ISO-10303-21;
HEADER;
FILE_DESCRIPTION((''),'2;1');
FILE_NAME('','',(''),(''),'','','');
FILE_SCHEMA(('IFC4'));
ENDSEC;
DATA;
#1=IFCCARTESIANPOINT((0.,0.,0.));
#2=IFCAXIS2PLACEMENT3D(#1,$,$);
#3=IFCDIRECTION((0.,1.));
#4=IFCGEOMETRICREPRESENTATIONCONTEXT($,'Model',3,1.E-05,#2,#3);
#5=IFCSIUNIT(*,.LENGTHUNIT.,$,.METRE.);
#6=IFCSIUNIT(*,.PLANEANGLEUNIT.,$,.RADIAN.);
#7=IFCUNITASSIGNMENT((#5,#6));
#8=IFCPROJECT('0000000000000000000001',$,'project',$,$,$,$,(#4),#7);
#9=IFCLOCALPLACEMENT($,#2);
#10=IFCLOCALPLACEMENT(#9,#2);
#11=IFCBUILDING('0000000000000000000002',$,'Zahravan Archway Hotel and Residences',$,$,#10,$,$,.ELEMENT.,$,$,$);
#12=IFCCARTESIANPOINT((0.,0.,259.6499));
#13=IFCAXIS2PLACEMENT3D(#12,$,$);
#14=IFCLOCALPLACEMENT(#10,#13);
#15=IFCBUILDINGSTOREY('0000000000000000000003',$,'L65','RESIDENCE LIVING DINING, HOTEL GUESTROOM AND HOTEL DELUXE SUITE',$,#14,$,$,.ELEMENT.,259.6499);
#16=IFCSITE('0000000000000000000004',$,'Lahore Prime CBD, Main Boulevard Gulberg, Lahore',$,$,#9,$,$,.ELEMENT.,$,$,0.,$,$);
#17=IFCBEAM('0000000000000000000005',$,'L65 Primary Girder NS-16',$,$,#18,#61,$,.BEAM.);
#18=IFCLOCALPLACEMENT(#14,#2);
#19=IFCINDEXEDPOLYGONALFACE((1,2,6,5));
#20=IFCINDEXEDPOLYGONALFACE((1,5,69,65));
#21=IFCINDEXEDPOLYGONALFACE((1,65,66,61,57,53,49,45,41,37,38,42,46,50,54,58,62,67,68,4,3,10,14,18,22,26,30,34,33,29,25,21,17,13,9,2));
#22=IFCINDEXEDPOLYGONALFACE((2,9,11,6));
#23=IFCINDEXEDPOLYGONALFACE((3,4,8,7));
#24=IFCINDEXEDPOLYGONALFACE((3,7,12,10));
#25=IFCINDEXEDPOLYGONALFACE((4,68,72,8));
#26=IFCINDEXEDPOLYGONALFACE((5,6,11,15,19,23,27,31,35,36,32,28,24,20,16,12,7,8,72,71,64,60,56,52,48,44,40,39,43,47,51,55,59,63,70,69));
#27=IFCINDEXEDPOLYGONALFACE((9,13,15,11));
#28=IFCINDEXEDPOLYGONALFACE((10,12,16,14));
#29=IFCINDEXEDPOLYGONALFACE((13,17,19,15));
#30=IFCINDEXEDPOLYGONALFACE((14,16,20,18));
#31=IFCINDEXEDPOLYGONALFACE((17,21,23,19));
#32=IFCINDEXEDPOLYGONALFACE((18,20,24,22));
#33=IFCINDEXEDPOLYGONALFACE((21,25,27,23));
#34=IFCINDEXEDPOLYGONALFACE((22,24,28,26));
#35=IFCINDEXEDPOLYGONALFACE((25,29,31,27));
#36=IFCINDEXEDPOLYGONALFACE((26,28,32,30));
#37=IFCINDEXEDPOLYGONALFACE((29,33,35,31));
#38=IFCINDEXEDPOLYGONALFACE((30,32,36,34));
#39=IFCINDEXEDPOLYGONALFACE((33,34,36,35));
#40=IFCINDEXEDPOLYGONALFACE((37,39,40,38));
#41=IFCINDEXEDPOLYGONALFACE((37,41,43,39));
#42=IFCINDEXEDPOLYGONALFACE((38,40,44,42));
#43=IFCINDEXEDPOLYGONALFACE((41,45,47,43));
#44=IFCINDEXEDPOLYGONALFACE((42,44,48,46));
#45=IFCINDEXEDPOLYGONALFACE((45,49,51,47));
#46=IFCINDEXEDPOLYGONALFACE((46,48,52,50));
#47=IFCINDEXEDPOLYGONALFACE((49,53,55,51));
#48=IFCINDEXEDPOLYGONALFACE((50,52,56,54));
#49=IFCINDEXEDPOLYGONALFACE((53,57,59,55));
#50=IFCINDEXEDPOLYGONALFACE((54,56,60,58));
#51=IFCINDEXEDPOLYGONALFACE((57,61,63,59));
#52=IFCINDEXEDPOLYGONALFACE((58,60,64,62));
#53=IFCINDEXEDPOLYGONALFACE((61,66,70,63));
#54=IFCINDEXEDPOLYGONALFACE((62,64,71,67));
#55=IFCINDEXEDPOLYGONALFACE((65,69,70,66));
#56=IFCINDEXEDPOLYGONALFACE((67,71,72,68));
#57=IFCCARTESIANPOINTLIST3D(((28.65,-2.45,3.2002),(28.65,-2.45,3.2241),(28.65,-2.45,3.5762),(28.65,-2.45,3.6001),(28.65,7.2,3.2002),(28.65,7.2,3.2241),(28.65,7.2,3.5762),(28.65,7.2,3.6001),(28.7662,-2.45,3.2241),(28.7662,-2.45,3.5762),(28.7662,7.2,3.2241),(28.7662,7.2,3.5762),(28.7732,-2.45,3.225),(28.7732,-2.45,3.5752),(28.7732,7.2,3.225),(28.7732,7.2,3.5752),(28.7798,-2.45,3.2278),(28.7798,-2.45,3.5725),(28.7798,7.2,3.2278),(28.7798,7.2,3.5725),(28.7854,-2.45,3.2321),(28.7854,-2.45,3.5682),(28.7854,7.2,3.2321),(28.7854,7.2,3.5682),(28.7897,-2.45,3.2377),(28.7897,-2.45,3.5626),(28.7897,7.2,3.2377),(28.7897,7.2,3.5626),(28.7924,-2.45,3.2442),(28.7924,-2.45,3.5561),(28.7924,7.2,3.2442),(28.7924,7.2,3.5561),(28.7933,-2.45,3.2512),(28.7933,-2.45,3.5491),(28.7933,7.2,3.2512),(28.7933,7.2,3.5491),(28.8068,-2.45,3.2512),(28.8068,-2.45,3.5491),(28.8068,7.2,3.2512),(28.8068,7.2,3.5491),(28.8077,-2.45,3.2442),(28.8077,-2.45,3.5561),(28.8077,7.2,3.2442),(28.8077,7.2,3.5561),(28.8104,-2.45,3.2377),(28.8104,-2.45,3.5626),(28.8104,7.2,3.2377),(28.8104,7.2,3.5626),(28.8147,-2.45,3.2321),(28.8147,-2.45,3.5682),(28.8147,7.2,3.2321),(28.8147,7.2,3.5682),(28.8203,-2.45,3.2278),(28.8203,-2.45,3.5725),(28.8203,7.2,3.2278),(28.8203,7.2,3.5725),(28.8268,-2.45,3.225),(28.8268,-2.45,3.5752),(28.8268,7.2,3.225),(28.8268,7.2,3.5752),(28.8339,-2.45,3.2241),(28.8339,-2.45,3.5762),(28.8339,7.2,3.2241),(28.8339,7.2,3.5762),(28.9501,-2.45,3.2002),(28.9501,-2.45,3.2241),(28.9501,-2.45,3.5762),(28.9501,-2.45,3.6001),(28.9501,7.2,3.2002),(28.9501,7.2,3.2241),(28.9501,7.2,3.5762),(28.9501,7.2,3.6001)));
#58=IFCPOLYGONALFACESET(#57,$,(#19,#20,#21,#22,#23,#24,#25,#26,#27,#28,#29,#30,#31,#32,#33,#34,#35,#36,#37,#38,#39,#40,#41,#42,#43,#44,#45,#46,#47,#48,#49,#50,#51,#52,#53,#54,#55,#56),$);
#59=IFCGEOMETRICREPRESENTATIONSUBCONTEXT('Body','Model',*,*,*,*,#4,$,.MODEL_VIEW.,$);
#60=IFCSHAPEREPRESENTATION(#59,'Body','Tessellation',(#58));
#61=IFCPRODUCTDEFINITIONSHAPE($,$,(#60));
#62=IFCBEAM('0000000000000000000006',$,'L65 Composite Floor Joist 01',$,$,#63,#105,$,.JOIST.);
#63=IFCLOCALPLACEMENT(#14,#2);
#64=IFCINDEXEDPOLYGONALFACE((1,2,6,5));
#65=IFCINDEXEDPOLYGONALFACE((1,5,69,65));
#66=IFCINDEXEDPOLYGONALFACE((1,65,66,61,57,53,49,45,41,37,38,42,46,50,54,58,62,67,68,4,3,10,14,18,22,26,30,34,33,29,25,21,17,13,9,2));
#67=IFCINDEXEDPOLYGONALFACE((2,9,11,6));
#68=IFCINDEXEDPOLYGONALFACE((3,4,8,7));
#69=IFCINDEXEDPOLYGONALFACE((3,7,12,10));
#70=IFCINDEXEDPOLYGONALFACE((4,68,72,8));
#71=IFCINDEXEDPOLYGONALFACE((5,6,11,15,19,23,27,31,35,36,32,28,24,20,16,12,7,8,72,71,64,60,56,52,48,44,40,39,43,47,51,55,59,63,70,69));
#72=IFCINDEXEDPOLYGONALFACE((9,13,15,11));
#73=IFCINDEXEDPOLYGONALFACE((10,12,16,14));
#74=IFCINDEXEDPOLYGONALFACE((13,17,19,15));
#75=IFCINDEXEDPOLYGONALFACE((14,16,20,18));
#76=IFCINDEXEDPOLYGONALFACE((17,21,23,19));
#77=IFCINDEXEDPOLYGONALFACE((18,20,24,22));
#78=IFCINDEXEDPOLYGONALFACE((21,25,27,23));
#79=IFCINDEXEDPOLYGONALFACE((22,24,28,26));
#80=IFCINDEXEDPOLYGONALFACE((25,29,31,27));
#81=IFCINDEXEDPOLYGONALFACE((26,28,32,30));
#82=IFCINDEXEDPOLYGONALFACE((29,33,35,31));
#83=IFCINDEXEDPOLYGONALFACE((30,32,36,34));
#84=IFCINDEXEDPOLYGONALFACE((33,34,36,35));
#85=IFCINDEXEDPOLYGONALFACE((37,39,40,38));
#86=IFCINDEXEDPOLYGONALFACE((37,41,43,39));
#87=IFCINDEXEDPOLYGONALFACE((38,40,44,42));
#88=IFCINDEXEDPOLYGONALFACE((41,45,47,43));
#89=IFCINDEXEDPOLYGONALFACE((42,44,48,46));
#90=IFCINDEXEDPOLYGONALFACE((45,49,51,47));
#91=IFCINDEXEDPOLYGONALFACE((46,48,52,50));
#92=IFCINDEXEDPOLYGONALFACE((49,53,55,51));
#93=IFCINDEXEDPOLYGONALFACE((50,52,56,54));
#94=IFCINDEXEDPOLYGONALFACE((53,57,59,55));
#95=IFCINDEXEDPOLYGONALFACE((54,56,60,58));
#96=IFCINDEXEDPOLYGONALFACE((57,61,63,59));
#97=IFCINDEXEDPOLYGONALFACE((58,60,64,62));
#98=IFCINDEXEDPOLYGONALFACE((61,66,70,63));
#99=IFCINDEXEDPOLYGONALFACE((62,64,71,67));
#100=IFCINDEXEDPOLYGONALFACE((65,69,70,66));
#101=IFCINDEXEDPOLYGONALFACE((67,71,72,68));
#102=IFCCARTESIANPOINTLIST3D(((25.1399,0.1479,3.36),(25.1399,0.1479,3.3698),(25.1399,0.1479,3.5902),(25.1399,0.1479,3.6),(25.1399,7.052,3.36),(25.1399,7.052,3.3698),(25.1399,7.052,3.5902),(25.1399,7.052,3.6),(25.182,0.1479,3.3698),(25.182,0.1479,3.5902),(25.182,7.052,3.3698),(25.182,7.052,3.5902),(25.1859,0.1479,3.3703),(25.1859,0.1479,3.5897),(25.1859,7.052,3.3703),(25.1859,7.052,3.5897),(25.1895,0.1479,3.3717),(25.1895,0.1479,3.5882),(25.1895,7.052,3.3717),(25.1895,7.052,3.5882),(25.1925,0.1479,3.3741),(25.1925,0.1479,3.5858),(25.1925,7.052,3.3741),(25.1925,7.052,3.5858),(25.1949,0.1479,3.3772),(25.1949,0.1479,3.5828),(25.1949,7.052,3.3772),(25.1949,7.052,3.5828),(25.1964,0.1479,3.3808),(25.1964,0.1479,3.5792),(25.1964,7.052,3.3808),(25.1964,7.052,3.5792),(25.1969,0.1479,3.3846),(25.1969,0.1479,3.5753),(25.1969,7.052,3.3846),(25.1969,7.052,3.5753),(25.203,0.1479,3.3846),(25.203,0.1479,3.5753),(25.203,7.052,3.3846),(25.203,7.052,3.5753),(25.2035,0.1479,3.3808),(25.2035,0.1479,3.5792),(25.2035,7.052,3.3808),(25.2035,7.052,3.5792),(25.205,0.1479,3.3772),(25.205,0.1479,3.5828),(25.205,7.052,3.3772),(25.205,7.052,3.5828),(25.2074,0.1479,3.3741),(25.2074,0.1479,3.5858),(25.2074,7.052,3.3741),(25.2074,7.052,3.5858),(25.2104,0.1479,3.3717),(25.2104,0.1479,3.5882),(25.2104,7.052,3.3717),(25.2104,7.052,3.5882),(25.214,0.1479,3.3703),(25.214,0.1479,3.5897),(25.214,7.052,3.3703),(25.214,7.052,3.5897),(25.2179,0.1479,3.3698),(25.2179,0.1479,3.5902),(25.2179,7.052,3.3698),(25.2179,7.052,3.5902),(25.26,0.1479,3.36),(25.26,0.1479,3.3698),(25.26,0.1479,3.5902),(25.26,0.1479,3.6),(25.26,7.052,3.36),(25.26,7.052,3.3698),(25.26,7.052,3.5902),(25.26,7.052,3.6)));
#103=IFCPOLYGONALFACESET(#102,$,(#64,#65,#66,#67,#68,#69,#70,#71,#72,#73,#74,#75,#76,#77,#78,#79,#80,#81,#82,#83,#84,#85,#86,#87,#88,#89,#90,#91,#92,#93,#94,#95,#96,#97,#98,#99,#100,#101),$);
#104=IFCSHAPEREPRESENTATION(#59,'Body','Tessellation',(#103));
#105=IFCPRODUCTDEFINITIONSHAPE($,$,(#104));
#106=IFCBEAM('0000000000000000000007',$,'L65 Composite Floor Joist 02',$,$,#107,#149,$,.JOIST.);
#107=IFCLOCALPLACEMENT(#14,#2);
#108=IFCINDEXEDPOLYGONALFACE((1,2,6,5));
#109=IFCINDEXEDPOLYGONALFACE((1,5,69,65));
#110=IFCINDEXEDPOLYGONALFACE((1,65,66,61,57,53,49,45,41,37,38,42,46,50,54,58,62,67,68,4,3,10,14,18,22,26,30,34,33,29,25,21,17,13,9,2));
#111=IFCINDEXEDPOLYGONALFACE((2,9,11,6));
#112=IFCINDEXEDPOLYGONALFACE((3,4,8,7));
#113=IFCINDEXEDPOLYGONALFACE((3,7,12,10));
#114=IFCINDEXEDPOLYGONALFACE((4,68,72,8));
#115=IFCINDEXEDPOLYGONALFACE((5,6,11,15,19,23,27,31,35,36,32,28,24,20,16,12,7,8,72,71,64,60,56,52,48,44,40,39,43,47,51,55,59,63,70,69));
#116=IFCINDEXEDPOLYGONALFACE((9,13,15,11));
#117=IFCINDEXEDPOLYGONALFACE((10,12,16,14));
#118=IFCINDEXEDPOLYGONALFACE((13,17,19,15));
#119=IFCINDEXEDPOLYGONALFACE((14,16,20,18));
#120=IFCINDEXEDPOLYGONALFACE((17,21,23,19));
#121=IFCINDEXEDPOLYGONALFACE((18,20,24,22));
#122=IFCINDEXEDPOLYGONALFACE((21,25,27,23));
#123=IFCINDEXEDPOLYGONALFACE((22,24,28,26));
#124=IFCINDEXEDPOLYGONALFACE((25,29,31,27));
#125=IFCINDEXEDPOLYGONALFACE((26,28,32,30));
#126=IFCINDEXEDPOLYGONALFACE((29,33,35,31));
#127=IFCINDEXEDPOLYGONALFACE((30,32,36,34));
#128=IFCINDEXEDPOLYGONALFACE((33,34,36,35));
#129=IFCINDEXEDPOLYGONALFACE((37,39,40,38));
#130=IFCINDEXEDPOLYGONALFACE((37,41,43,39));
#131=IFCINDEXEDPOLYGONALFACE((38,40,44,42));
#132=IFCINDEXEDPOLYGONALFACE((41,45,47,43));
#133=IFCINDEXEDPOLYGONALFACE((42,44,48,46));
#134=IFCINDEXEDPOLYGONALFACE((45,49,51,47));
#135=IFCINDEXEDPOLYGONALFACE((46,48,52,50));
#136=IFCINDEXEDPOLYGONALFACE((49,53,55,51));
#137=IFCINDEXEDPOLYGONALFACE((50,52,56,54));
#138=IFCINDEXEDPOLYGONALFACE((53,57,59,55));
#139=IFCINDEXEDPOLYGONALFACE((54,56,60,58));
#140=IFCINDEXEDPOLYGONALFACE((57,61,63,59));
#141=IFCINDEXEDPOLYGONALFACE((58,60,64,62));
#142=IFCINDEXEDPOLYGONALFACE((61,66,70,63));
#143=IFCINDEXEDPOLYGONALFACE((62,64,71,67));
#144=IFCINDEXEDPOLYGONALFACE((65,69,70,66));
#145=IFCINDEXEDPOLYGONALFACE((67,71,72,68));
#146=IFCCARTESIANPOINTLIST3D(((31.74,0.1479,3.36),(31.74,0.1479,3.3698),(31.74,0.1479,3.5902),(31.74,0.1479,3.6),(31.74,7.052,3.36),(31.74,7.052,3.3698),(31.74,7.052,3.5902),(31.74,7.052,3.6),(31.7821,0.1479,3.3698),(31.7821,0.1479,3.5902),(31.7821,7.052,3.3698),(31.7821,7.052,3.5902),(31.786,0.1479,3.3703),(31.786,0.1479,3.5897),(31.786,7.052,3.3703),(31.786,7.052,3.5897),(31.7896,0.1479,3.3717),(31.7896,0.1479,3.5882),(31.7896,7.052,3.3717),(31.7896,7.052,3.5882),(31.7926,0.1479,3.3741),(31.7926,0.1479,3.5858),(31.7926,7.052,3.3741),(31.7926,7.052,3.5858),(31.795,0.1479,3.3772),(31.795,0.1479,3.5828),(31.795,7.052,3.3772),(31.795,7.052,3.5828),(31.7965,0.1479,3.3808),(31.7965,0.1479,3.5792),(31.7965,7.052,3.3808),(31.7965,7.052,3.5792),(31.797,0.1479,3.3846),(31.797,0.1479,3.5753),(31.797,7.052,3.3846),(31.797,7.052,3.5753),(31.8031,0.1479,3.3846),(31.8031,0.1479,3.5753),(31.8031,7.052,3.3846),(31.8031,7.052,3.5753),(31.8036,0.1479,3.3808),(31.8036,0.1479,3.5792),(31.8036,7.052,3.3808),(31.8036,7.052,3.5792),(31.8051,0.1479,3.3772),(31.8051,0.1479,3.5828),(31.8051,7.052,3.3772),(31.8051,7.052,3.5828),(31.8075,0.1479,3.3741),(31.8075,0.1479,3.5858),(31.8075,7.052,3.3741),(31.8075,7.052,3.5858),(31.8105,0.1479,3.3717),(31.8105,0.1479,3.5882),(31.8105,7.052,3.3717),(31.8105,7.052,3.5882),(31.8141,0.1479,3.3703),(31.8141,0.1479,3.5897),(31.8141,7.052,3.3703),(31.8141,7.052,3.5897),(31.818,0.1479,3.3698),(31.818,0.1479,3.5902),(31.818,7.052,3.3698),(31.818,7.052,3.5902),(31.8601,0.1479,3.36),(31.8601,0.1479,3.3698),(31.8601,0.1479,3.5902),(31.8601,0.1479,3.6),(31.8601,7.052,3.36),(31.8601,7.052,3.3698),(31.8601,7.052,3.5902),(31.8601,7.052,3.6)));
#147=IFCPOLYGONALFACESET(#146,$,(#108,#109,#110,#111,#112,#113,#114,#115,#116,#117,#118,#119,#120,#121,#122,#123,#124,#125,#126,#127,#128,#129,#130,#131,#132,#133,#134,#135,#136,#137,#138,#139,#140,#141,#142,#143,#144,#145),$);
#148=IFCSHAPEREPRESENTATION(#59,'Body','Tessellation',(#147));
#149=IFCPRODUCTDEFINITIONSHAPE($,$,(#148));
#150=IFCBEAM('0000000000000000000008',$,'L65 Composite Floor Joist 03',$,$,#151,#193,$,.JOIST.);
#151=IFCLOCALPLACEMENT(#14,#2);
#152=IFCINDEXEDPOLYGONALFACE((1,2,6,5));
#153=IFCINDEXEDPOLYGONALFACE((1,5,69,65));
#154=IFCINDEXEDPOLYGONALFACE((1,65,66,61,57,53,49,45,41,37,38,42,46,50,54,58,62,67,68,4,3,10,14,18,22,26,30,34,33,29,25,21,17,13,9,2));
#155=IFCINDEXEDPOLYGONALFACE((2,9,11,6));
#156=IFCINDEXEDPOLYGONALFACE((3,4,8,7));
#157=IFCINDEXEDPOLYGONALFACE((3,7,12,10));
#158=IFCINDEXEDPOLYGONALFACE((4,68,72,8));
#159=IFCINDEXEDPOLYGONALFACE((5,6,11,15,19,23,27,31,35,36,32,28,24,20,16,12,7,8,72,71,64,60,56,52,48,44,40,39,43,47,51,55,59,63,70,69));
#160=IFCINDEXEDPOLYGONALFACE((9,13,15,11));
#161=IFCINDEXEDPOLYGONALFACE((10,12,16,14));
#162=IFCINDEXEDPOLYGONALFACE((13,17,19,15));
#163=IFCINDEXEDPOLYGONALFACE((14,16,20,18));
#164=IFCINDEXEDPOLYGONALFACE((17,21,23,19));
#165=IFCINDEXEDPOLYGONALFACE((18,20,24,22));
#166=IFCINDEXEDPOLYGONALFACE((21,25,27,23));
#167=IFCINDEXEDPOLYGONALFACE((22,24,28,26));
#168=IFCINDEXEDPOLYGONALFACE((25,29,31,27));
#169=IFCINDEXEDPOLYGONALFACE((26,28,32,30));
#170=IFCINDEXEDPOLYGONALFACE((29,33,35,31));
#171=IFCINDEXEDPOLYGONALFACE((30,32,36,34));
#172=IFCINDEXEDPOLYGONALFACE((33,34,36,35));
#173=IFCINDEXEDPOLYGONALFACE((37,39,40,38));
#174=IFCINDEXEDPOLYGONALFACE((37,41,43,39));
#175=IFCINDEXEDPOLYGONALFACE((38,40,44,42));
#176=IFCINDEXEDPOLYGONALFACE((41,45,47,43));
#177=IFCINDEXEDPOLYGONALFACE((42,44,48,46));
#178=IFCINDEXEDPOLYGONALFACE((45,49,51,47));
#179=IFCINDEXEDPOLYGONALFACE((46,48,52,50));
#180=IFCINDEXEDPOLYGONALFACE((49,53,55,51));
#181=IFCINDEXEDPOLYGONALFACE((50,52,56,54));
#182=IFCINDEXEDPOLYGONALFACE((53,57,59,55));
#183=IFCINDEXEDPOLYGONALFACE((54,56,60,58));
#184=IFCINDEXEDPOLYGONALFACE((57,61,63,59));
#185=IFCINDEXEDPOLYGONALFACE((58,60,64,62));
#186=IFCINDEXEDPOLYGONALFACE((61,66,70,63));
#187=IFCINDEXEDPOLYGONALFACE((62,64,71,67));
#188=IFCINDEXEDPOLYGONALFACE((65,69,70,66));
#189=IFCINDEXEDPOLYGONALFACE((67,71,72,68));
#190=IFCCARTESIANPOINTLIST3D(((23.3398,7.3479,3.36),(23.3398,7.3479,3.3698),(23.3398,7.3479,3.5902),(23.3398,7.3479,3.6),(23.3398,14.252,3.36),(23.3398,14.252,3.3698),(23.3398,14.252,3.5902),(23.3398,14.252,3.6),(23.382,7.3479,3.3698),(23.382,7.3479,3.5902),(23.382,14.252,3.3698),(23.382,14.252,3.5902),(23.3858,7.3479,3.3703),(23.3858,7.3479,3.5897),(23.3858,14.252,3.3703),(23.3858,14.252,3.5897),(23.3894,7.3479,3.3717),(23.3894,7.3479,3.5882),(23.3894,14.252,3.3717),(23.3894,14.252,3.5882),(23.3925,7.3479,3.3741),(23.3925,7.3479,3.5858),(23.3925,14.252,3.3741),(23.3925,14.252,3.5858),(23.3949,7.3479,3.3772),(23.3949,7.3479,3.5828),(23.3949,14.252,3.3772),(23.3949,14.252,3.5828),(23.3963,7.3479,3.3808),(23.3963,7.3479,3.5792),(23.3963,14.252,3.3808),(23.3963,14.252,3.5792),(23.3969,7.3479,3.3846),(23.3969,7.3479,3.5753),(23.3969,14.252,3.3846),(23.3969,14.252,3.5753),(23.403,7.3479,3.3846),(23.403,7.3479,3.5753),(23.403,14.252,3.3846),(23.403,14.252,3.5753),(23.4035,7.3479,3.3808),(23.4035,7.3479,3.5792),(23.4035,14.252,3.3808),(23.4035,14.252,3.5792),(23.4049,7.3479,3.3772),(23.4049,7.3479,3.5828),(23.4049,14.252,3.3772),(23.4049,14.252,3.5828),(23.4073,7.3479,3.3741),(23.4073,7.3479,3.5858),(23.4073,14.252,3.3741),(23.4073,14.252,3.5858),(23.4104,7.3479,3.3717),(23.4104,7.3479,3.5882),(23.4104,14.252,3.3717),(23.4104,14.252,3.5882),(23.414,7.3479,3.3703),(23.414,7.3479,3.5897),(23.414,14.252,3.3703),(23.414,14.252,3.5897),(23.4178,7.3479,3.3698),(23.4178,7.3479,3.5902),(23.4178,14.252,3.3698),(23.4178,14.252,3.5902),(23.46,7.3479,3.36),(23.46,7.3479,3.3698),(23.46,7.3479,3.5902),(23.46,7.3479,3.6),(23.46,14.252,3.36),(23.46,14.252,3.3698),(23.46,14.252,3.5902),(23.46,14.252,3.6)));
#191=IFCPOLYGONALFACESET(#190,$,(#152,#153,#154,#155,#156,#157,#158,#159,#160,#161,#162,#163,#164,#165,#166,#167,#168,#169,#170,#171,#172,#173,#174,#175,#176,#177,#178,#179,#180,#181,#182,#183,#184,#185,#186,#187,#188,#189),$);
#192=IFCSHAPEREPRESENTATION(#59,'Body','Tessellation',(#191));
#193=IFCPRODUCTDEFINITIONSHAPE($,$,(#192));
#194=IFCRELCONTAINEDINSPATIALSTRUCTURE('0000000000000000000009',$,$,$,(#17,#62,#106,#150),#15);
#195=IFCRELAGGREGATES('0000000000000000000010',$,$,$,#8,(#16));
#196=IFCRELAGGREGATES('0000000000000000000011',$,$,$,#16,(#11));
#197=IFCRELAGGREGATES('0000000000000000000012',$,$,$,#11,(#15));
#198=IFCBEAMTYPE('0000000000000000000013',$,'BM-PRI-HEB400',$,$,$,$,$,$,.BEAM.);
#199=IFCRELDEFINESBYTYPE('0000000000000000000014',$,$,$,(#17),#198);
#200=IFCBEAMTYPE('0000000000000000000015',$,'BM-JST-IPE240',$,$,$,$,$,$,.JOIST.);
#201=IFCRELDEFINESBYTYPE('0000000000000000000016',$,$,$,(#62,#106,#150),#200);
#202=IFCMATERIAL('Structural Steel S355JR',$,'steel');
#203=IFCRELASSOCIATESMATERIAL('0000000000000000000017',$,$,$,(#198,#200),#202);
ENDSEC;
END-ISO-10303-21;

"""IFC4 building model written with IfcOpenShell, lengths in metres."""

from ifc_helpers import new_model, si_unit, direction, frame, origin, origin_2d, place, context, subcontext, project, spatial, i_section, extrude, source, transform, mapped, material, material_profile, profile_set, type_object, type_shapes, element, save


model = new_model("IFC4")

# Units and contexts
model_context = context("Model", 3, precision=1e-05, world=origin(), true_north=direction((0.0, 1.0)))
body_context = subcontext(model_context, "Body", "Model", "MODEL_VIEW")
ifc_project = project(units=[si_unit("LENGTHUNIT", "METRE"), si_unit("PLANEANGLEUNIT", "RADIAN")], contexts=[model_context])

# Site, building, storey
site_placement = place(None, origin())
site = spatial("IfcSite", under=ifc_project, at=site_placement, Name="Lahore Prime CBD, Main Boulevard Gulberg, Lahore", CompositionType="ELEMENT", RefElevation=0.0)
building_placement = place(site_placement, origin())
building = spatial("IfcBuilding", under=site, at=building_placement, Name="Zahravan Archway Hotel and Residences", CompositionType="ELEMENT")
storey_placement = place(building_placement, frame((0.0, 0.0, 259.6499)))
storey = spatial("IfcBuildingStorey", under=building, at=storey_placement, Name="L65", Description="RESIDENCE LIVING DINING, HOTEL GUESTROOM AND HOTEL DELUXE SUITE", CompositionType="ELEMENT", Elevation=259.6499)

# Beams
ifc_material_1 = material(Name="Structural Steel S355JR", Category="steel")
ifc_material_profile_1 = material_profile(ifc_material_1, i_section(OverallWidth=0.3, OverallDepth=0.3999, WebThickness=0.0134, FlangeThickness=0.0239, FilletRadius=0.0271, at=origin_2d()), Name="HEB 400", Category="steel")
ifc_profile_set_1 = profile_set([ifc_material_profile_1], Name="Structural Steel S355JR")
beam_type_1 = type_object("IfcBeamType", Name="BM-PRI-HEB400", PredefinedType="BEAM", material=ifc_profile_set_1)
shared_shape_1 = source(origin(), body_context, "Body", "SweptSolid", [
    extrude(i_section(OverallWidth=0.3, OverallDepth=0.3999, WebThickness=0.0134, FlangeThickness=0.0239, FilletRadius=0.0271, at=origin_2d()), origin(), (0.0, 0.0, 1.0), 9.6499),
])
beam_1_placement = place(storey_placement, frame((28.8, -2.45, 3.4001), z_axis=(0.0, 1.0, 0.0), x_axis=(-1.0, 0.0, 0.0)))
element("IfcBeam", 1, at=beam_1_placement, inside=storey, type_object=beam_type_1, Name="L65 Primary Girder NS-16", PredefinedType="BEAM", context=body_context, shape_type="MappedRepresentation", body=[
    mapped(shared_shape_1, transform((0.0, 0.0, 0.0), scale=1.0)),
])
ifc_material_profile_2 = material_profile(ifc_material_1, i_section(OverallWidth=0.1201, OverallDepth=0.24, WebThickness=0.0061, FlangeThickness=0.0098, FilletRadius=0.0149, at=origin_2d()), Name="IPE 240", Category="steel")
ifc_profile_set_2 = profile_set([ifc_material_profile_2], Name="Structural Steel S355JR")
beam_type_2 = type_object("IfcBeamType", Name="BM-JST-IPE240", PredefinedType="JOIST", material=ifc_profile_set_2)
shared_shape_2 = source(origin(), body_context, "Body", "SweptSolid", [
    extrude(i_section(OverallWidth=0.1201, OverallDepth=0.24, WebThickness=0.0061, FlangeThickness=0.0098, FilletRadius=0.0149, at=origin_2d()), origin(), (0.0, 0.0, 1.0), 6.9041),
])
type_shapes(beam_type_2, [shared_shape_2])
for number, where, z_axis, x_axis, name in (
    (2, (25.2, 0.1479, 3.48), (0.0, 1.0, 0.0), (-1.0, 0.0, 0.0), "L65 Composite Floor Joist 01"),
    (3, (31.8, 0.1479, 3.48), (0.0, 1.0, 0.0), (-1.0, 0.0, 0.0), "L65 Composite Floor Joist 02"),
    (4, (23.3999, 7.3479, 3.48), (0.0, 1.0, 0.0), (-1.0, 0.0, 0.0), "L65 Composite Floor Joist 03"),
):
    element("IfcBeam", number, at=place(storey_placement, frame(where, z_axis=z_axis, x_axis=x_axis)), inside=storey, type_object=beam_type_2, Name=name, PredefinedType="JOIST", context=body_context, shape_type="MappedRepresentation", body=[
        mapped(shared_shape_2, transform((0.0, 0.0, 0.0), scale=1.0)),
    ])

save(model, "model.ifc")
